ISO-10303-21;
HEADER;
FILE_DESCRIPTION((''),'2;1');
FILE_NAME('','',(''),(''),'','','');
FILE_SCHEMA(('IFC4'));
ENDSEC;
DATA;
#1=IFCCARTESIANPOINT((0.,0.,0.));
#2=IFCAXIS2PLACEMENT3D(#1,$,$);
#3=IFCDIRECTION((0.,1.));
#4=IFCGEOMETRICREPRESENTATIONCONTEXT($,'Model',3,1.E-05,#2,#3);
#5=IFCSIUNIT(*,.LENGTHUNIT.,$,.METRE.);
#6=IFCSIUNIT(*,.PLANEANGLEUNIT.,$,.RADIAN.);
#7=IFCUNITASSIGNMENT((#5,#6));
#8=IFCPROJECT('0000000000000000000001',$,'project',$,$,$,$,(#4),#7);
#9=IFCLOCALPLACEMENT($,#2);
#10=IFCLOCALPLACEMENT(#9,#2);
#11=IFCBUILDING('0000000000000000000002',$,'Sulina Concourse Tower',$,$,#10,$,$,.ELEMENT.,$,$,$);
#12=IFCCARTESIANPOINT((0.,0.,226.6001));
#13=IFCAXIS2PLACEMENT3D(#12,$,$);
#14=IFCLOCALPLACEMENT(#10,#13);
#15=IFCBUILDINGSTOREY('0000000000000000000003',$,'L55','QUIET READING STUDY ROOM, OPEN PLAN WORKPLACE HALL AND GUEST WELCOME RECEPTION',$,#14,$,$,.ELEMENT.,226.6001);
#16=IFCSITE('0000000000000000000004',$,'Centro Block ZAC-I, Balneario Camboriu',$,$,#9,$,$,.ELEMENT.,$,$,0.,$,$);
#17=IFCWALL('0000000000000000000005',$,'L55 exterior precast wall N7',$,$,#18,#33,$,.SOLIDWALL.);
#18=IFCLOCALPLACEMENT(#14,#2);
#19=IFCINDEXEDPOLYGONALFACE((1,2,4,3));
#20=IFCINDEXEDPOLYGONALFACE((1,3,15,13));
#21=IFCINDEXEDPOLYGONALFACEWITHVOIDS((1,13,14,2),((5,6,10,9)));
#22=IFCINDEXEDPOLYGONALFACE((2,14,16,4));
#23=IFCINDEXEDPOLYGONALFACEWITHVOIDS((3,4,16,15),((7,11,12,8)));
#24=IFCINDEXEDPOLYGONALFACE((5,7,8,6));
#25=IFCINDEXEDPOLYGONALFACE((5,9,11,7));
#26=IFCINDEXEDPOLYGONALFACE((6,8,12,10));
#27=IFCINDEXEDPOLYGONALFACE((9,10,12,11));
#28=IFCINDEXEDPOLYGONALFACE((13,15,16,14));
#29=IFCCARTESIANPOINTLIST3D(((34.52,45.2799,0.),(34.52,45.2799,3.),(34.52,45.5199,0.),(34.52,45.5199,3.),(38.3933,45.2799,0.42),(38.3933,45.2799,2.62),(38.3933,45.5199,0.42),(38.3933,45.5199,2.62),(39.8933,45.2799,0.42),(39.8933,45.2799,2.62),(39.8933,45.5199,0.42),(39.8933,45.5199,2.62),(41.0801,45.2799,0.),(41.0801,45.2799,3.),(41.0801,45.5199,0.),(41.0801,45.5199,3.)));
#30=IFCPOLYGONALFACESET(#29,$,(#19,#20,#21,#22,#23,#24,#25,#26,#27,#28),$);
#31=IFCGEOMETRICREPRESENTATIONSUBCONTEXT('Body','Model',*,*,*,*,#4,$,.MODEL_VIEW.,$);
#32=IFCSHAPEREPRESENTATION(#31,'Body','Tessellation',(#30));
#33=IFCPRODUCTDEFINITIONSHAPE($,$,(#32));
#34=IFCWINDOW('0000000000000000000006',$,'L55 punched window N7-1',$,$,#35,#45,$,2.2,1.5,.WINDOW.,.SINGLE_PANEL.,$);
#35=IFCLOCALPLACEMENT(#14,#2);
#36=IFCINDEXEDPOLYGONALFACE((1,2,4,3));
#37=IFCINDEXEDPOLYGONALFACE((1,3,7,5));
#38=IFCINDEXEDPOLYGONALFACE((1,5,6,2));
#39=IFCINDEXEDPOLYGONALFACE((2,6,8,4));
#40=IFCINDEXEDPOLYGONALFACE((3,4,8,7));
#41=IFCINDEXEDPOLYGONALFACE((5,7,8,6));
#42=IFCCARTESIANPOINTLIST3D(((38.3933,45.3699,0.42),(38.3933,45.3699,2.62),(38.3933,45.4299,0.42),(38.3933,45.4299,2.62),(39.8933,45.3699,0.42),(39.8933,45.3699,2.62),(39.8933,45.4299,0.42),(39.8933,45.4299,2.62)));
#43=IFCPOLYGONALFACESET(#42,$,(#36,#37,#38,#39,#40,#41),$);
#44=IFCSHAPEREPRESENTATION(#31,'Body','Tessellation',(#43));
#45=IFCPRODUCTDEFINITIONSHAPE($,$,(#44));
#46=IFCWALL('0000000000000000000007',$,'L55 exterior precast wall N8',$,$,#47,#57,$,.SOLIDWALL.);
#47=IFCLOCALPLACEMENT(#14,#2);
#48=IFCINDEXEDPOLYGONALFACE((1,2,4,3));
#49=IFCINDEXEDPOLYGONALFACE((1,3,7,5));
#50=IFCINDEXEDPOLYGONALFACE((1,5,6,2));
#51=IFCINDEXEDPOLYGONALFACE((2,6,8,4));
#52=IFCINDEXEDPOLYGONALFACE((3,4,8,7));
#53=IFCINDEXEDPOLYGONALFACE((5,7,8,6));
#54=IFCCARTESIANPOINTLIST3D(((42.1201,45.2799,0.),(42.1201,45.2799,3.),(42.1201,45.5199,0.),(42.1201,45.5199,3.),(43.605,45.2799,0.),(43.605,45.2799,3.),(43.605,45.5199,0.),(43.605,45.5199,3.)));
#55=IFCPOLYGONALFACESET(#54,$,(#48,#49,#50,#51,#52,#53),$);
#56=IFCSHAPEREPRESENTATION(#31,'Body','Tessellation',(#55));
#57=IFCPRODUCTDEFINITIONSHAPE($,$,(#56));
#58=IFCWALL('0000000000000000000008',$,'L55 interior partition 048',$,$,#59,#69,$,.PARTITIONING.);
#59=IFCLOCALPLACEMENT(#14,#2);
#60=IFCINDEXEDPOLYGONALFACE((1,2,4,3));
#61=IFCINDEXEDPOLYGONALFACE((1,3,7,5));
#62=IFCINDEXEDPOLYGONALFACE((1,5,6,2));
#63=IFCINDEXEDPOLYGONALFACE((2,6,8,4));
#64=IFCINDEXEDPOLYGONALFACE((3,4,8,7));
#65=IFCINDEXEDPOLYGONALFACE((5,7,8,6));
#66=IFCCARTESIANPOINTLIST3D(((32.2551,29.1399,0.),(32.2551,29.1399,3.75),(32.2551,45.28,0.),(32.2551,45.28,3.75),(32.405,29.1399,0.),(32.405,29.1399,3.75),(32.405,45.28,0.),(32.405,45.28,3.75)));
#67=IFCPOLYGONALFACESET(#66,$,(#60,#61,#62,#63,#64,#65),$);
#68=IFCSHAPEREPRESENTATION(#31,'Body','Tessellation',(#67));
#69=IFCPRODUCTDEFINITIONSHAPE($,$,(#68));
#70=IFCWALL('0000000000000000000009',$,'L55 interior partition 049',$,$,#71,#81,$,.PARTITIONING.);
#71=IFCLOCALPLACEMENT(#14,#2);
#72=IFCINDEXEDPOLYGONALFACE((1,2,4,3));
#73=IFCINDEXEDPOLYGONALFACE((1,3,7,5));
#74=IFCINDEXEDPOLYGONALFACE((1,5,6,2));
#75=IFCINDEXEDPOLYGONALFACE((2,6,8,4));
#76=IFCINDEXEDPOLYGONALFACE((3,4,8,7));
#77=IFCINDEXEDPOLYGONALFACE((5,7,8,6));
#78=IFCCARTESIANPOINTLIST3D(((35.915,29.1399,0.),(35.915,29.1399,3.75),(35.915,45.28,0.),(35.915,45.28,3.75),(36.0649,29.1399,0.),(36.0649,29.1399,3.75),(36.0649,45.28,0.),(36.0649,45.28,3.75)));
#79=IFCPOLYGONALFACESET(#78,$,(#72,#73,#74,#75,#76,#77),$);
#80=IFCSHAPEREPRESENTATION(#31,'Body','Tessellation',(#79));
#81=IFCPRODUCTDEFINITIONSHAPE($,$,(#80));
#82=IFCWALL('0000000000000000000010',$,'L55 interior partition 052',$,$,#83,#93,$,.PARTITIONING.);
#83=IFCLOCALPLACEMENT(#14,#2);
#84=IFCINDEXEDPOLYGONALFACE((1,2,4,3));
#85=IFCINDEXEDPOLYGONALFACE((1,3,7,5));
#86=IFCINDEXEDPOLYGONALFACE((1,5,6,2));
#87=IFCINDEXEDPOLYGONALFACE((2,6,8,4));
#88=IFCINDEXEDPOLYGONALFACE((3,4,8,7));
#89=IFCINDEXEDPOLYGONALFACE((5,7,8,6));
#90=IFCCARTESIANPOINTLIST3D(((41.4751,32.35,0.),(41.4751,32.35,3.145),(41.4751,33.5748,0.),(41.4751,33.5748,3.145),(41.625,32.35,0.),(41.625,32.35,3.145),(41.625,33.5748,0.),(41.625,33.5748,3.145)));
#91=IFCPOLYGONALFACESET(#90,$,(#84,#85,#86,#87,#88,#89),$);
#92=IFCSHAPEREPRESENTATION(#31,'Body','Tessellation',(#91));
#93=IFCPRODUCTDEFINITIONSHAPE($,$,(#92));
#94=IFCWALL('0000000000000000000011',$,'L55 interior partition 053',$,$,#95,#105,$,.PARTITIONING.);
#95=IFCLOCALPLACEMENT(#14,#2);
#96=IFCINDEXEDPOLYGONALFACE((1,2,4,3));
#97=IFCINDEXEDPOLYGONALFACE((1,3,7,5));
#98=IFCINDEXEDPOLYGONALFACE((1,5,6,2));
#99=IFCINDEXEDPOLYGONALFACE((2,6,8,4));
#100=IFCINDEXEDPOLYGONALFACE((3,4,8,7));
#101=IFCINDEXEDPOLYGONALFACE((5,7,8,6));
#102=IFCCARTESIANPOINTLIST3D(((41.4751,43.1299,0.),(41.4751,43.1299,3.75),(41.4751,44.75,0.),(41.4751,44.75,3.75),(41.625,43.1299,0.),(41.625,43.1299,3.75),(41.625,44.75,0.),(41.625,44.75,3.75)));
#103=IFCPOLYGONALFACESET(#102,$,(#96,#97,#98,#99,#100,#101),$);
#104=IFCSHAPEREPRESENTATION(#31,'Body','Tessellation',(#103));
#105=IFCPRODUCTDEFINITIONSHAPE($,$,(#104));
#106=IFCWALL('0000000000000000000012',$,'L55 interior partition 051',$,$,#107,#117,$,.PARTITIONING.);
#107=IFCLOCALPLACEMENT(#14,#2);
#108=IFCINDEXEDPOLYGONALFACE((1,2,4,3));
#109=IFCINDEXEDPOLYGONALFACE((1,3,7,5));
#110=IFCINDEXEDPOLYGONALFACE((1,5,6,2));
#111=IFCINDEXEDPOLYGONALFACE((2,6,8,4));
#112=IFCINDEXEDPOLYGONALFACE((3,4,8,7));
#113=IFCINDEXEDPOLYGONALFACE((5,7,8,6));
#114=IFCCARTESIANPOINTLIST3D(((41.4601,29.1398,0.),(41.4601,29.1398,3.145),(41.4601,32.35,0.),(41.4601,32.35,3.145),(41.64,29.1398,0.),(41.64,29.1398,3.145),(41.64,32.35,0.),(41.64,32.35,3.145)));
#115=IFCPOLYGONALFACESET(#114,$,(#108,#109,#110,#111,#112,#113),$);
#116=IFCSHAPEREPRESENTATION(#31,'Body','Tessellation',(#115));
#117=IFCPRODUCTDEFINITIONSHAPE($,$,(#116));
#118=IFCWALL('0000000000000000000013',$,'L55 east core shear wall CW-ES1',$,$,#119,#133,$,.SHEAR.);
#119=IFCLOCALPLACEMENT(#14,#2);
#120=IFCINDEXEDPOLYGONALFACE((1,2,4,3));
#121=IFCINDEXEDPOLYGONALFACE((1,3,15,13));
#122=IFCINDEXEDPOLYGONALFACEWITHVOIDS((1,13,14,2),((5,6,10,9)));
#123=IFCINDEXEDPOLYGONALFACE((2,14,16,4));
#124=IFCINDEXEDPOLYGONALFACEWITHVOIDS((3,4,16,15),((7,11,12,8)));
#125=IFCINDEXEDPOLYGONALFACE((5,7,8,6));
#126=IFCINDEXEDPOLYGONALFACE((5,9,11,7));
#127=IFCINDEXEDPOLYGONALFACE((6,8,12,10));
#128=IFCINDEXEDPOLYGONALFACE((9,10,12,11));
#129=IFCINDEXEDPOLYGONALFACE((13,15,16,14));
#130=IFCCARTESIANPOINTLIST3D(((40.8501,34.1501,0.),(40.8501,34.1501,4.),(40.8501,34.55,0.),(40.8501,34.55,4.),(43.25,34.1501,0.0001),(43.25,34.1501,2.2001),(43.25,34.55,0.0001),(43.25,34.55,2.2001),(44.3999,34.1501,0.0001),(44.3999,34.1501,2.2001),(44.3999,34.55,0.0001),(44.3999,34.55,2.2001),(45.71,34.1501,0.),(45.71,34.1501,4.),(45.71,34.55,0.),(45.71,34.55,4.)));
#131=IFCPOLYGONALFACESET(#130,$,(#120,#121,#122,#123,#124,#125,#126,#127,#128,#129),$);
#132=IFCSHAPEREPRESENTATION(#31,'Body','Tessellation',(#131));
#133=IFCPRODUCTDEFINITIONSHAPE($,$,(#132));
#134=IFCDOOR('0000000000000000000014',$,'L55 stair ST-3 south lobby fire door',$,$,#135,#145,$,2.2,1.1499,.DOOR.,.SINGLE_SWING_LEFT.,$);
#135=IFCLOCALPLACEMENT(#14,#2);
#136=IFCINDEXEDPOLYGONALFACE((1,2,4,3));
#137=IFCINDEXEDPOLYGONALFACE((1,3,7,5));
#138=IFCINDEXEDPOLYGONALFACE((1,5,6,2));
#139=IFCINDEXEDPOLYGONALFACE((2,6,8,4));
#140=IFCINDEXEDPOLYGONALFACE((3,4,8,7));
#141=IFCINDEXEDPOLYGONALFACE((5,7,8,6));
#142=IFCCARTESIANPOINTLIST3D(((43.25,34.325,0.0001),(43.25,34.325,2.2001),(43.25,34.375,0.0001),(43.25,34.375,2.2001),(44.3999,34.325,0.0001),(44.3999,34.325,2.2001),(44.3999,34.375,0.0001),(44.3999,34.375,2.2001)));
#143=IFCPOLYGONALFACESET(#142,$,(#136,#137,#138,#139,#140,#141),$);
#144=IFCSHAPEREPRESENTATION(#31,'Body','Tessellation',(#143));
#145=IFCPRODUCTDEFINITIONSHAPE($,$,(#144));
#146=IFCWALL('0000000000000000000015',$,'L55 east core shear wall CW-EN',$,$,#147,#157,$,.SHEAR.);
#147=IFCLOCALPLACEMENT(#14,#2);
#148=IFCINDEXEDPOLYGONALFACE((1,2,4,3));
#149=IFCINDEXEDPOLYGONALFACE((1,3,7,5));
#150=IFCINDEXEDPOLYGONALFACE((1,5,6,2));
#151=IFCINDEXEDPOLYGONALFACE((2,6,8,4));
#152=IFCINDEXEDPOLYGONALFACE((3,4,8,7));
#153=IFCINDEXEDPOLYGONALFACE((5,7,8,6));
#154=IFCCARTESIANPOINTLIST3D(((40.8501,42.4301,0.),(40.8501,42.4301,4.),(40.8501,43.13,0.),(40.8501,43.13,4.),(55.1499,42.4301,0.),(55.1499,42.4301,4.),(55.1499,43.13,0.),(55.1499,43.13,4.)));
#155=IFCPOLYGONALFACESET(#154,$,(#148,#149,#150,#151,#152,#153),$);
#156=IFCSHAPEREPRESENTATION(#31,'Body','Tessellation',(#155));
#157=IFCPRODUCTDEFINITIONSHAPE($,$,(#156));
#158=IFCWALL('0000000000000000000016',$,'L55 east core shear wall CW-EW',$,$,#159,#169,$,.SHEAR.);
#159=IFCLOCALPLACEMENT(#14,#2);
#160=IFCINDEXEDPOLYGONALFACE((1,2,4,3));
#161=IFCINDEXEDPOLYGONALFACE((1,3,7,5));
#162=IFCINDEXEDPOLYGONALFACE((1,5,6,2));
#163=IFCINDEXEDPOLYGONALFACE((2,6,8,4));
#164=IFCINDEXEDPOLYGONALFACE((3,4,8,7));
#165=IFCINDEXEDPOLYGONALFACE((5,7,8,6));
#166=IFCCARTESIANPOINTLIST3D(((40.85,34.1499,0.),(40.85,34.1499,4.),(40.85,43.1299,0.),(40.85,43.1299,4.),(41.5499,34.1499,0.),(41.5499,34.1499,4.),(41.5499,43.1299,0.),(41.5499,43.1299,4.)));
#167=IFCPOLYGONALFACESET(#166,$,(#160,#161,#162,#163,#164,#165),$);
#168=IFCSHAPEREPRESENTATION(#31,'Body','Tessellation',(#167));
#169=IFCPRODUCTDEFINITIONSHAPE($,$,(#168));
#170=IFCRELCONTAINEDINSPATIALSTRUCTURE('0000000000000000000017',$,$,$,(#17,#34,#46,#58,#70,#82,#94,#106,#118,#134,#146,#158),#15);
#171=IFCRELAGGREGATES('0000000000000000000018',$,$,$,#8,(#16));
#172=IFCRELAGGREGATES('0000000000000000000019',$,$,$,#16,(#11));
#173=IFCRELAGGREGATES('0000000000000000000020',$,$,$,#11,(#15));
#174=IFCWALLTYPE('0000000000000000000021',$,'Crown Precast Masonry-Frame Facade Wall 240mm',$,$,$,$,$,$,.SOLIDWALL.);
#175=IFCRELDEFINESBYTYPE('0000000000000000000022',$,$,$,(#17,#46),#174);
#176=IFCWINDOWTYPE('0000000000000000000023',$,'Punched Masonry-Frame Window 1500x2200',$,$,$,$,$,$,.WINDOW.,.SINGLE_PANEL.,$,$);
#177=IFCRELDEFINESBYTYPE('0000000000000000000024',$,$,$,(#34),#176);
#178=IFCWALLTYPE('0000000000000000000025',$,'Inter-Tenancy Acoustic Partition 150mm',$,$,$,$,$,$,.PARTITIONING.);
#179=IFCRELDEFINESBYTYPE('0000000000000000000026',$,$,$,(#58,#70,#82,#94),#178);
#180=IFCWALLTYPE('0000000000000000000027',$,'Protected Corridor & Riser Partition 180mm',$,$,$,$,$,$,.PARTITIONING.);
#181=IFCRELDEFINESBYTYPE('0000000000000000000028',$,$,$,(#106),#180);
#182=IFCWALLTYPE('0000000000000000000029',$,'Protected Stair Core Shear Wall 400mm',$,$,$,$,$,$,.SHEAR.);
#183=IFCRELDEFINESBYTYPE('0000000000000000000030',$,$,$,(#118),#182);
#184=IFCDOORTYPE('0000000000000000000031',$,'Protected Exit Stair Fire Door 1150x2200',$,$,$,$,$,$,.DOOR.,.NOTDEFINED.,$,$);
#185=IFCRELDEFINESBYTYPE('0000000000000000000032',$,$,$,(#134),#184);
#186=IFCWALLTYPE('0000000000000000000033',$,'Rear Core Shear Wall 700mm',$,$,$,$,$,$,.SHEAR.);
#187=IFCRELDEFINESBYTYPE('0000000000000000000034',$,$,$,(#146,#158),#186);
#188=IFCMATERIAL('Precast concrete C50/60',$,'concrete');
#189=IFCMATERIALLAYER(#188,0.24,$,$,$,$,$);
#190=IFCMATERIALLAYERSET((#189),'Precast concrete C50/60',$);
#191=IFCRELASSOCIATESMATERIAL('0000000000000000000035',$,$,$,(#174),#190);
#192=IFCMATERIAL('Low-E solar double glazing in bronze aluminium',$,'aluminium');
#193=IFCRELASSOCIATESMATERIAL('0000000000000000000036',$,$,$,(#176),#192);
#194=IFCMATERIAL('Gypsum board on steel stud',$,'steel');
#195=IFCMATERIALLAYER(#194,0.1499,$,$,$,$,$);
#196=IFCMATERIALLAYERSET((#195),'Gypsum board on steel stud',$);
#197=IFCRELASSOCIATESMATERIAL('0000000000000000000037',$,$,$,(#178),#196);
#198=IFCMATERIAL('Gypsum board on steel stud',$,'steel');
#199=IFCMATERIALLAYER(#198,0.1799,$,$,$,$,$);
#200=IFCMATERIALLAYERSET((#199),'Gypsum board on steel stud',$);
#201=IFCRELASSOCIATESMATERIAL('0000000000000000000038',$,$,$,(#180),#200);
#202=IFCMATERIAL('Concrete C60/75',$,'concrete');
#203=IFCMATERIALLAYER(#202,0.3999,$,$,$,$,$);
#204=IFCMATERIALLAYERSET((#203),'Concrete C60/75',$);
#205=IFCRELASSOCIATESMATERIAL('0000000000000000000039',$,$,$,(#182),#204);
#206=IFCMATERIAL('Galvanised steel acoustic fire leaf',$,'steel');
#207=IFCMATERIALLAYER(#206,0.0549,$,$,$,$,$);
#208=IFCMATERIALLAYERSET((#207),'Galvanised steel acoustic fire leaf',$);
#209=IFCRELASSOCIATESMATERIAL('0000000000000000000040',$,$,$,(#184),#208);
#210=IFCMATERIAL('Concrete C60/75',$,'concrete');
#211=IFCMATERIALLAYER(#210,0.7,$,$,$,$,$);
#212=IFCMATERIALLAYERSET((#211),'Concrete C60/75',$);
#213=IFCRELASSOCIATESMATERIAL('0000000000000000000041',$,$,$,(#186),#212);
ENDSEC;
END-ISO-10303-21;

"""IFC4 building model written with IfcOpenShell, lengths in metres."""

from ifc_helpers import new_model, si_unit, direction, frame, frame_2d, origin, place, context, subcontext, project, spatial, rectangle, extrude, material, layer, layer_set, type_object, element, fill, save


model = new_model("IFC4")

# Units and contexts
model_context = context("Model", 3, precision=1e-05, world=origin(), true_north=direction((0.0, 1.0)))
body_context = subcontext(model_context, "Body", "Model", "MODEL_VIEW")
ifc_project = project(units=[si_unit("LENGTHUNIT", "METRE"), si_unit("PLANEANGLEUNIT", "RADIAN")], contexts=[model_context])

# Site, building, storey
site_placement = place(None, origin())
site = spatial("IfcSite", under=ifc_project, at=site_placement, Name="Centro Block ZAC-I, Balneario Camboriu", CompositionType="ELEMENT", RefElevation=0.0)
building_placement = place(site_placement, origin())
building = spatial("IfcBuilding", under=site, at=building_placement, Name="Sulina Concourse Tower", CompositionType="ELEMENT")
storey_placement = place(building_placement, frame((0.0, 0.0, 226.6001)))
storey = spatial("IfcBuildingStorey", under=building, at=storey_placement, Name="L55", Description="QUIET READING STUDY ROOM, OPEN PLAN WORKPLACE HALL AND GUEST WELCOME RECEPTION", CompositionType="ELEMENT", Elevation=226.6001)

# Shared definitions
ifc_material_1 = material(Name="Precast concrete C50/60", Category="concrete")
ifc_layer_1 = layer(ifc_material_1, 0.24)
ifc_layer_set_1 = layer_set([ifc_layer_1], Name="Precast concrete C50/60")
wall_type_1 = type_object("IfcWallType", Name="Crown Precast Masonry-Frame Facade Wall 240mm", PredefinedType="SOLIDWALL", material=ifc_layer_set_1)

# Wall, opening, window
wall_1_placement = place(storey_placement, frame((34.52, 45.3999, 0.0), z_axis=(0.0, 0.0, 1.0), x_axis=(1.0, 0.0, 0.0)))
wall_1 = element("IfcWall", 1, at=wall_1_placement, inside=storey, type_object=wall_type_1, Name="L55 exterior precast wall N7", PredefinedType="SOLIDWALL", context=body_context, shape_type="SweptSolid", body=[
    extrude(rectangle(XDim=6.5601, YDim=0.24, at=frame_2d((3.28, 0.0))), origin(), (0.0, 0.0, 1.0), 3.0),
])
opening_1_placement = place(wall_1_placement, frame((3.8733, 0.0, 0.4199)))
opening_1 = element("IfcOpeningElement", 2, at=opening_1_placement, cuts=wall_1, PredefinedType="OPENING", context=body_context, shape_type="SweptSolid", body=[
    extrude(rectangle(XDim=1.5, YDim=2.2, at=frame_2d((0.75, 1.1001))), frame((0.0, 0.1299, 0.0), z_axis=(0.0, -1.0, 0.0), x_axis=(1.0, 0.0, 0.0)), (0.0, 0.0, 1.0), 0.26),
])
ifc_material_2 = material(Name="Low-E solar double glazing in bronze aluminium", Category="aluminium")
window_type = type_object("IfcWindowType", Name="Punched Masonry-Frame Window 1500x2200", PartitioningType="SINGLE_PANEL", PredefinedType="WINDOW", material=ifc_material_2)
window_placement = place(opening_1_placement, origin())
window = element("IfcWindow", 3, at=window_placement, inside=storey, type_object=window_type, Name="L55 punched window N7-1", OverallHeight=2.2, OverallWidth=1.5, PartitioningType="SINGLE_PANEL", PredefinedType="WINDOW", context=body_context, shape_type="SweptSolid", body=[
    extrude(rectangle(XDim=1.5, YDim=2.2, at=frame_2d((0.75, 1.1001))), frame((0.0, 0.03, 0.0), z_axis=(0.0, -1.0, 0.0), x_axis=(1.0, 0.0, 0.0)), (0.0, 0.0, 1.0), 0.0601),
])
fill(opening_1, window)

# Walls
wall_2_placement = place(storey_placement, frame((42.1201, 45.3999, 0.0), z_axis=(0.0, 0.0, 1.0), x_axis=(1.0, 0.0, 0.0)))
element("IfcWall", 4, at=wall_2_placement, inside=storey, type_object=wall_type_1, Name="L55 exterior precast wall N8", PredefinedType="SOLIDWALL", context=body_context, shape_type="SweptSolid", body=[
    extrude(rectangle(XDim=1.4849, YDim=0.24, at=frame_2d((0.7424, 0.0))), origin(), (0.0, 0.0, 1.0), 3.0),
])
ifc_material_3 = material(Name="Gypsum board on steel stud", Category="steel")
ifc_layer_2 = layer(ifc_material_3, 0.1499)
ifc_layer_set_2 = layer_set([ifc_layer_2], Name="Gypsum board on steel stud")
wall_type_2 = type_object("IfcWallType", Name="Inter-Tenancy Acoustic Partition 150mm", PredefinedType="PARTITIONING", material=ifc_layer_set_2)
for number, where, z_axis, x_axis, name in (
    (5, (32.3301, 29.1399, 0.0), (0.0, 0.0, 1.0), (0.0, 1.0, 0.0), "L55 interior partition 048"),
    (6, (35.99, 29.1399, 0.0), (0.0, 0.0, 1.0), (0.0, 1.0, 0.0), "L55 interior partition 049"),
):
    element("IfcWall", number, at=place(storey_placement, frame(where, z_axis=z_axis, x_axis=x_axis)), inside=storey, type_object=wall_type_2, Name=name, PredefinedType="PARTITIONING", context=body_context, shape_type="SweptSolid", body=[
        extrude(rectangle(XDim=16.1401, YDim=0.1499, at=frame_2d((8.0701, 0.0))), origin(), (0.0, 0.0, 1.0), 3.75),
    ])
wall_3_placement = place(storey_placement, frame((41.55, 32.3501, 0.0), z_axis=(0.0, 0.0, 1.0), x_axis=(0.0, 1.0, 0.0)))
element("IfcWall", 7, at=wall_3_placement, inside=storey, type_object=wall_type_2, Name="L55 interior partition 052", PredefinedType="PARTITIONING", context=body_context, shape_type="SweptSolid", body=[
    extrude(rectangle(XDim=1.2249, YDim=0.1499, at=frame_2d((0.6123, 0.0))), origin(), (0.0, 0.0, 1.0), 3.145),
])
wall_4_placement = place(storey_placement, frame((41.55, 43.1299, 0.0), z_axis=(0.0, 0.0, 1.0), x_axis=(0.0, 1.0, 0.0)))
element("IfcWall", 8, at=wall_4_placement, inside=storey, type_object=wall_type_2, Name="L55 interior partition 053", PredefinedType="PARTITIONING", context=body_context, shape_type="SweptSolid", body=[
    extrude(rectangle(XDim=1.6201, YDim=0.1499, at=frame_2d((0.8101, 0.0))), origin(), (0.0, 0.0, 1.0), 3.75),
])
ifc_material_4 = material(Name="Gypsum board on steel stud", Category="steel")
ifc_layer_3 = layer(ifc_material_4, 0.1799)
ifc_layer_set_3 = layer_set([ifc_layer_3], Name="Gypsum board on steel stud")
wall_type_3 = type_object("IfcWallType", Name="Protected Corridor & Riser Partition 180mm", PredefinedType="PARTITIONING", material=ifc_layer_set_3)
wall_5_placement = place(storey_placement, frame((41.55, 29.1399, 0.0), z_axis=(0.0, 0.0, 1.0), x_axis=(0.0, 1.0, 0.0)))
element("IfcWall", 9, at=wall_5_placement, inside=storey, type_object=wall_type_3, Name="L55 interior partition 051", PredefinedType="PARTITIONING", context=body_context, shape_type="SweptSolid", body=[
    extrude(rectangle(XDim=3.2102, YDim=0.1799, at=frame_2d((1.605, 0.0))), origin(), (0.0, 0.0, 1.0), 3.145),
])

# Wall, opening, door
ifc_material_5 = material(Name="Concrete C60/75", Category="concrete")
ifc_layer_4 = layer(ifc_material_5, 0.3999)
ifc_layer_set_4 = layer_set([ifc_layer_4], Name="Concrete C60/75")
wall_type_4 = type_object("IfcWallType", Name="Protected Stair Core Shear Wall 400mm", PredefinedType="SHEAR", material=ifc_layer_set_4)
wall_6_placement = place(storey_placement, frame((40.8501, 34.3501, 0.0), z_axis=(0.0, 0.0, 1.0), x_axis=(1.0, 0.0, 0.0)))
wall_6 = element("IfcWall", 10, at=wall_6_placement, inside=storey, type_object=wall_type_4, Name="L55 east core shear wall CW-ES1", PredefinedType="SHEAR", context=body_context, shape_type="SweptSolid", body=[
    extrude(rectangle(XDim=4.8599, YDim=0.3999, at=frame_2d((2.4299, 0.0))), origin(), (0.0, 0.0, 1.0), 4.0),
])
opening_2_placement = place(wall_6_placement, frame((2.3999, 0.0, 0.0)))
opening_2 = element("IfcOpeningElement", 11, at=opening_2_placement, cuts=wall_6, PredefinedType="OPENING", context=body_context, shape_type="SweptSolid", body=[
    extrude(rectangle(XDim=1.1499, YDim=2.2, at=frame_2d((0.575, 1.1001))), frame((0.0, 0.21, 0.0), z_axis=(0.0, -1.0, 0.0), x_axis=(1.0, 0.0, 0.0)), (0.0, 0.0, 1.0), 0.4199),
])
ifc_material_6 = material(Name="Galvanised steel acoustic fire leaf", Category="steel")
ifc_layer_5 = layer(ifc_material_6, 0.0549)
ifc_layer_set_5 = layer_set([ifc_layer_5], Name="Galvanised steel acoustic fire leaf")
door_type = type_object("IfcDoorType", Name="Protected Exit Stair Fire Door 1150x2200", OperationType="NOTDEFINED", PredefinedType="DOOR", material=ifc_layer_set_5)
door_placement = place(opening_2_placement, origin())
door = element("IfcDoor", 12, at=door_placement, inside=storey, type_object=door_type, Name="L55 stair ST-3 south lobby fire door", OperationType="SINGLE_SWING_LEFT", OverallHeight=2.2, OverallWidth=1.1499, PredefinedType="DOOR", context=body_context, shape_type="SweptSolid", body=[
    extrude(rectangle(XDim=1.1499, YDim=2.2, at=frame_2d((0.575, 1.1001))), frame((0.0, 0.0249, 0.0), z_axis=(0.0, -1.0, 0.0), x_axis=(1.0, 0.0, 0.0)), (0.0, 0.0, 1.0), 0.05),
])
fill(opening_2, door)

# Walls
ifc_material_7 = material(Name="Concrete C60/75", Category="concrete")
ifc_layer_6 = layer(ifc_material_7, 0.7)
ifc_layer_set_6 = layer_set([ifc_layer_6], Name="Concrete C60/75")
wall_type_5 = type_object("IfcWallType", Name="Rear Core Shear Wall 700mm", PredefinedType="SHEAR", material=ifc_layer_set_6)
wall_7_placement = place(storey_placement, frame((40.8501, 42.78, 0.0), z_axis=(0.0, 0.0, 1.0), x_axis=(1.0, 0.0, 0.0)))
element("IfcWall", 13, at=wall_7_placement, inside=storey, type_object=wall_type_5, Name="L55 east core shear wall CW-EN", PredefinedType="SHEAR", context=body_context, shape_type="SweptSolid", body=[
    extrude(rectangle(XDim=14.2998, YDim=0.7, at=frame_2d((7.1499, 0.0))), origin(), (0.0, 0.0, 1.0), 4.0),
])
wall_8_placement = place(storey_placement, frame((41.2, 34.1499, 0.0), z_axis=(0.0, 0.0, 1.0), x_axis=(0.0, 1.0, 0.0)))
element("IfcWall", 14, at=wall_8_placement, inside=storey, type_object=wall_type_5, Name="L55 east core shear wall CW-EW", PredefinedType="SHEAR", context=body_context, shape_type="SweptSolid", body=[
    extrude(rectangle(XDim=8.98, YDim=0.7, at=frame_2d((4.49, 0.0))), origin(), (0.0, 0.0, 1.0), 4.0),
])

save(model, "model.ifc")
